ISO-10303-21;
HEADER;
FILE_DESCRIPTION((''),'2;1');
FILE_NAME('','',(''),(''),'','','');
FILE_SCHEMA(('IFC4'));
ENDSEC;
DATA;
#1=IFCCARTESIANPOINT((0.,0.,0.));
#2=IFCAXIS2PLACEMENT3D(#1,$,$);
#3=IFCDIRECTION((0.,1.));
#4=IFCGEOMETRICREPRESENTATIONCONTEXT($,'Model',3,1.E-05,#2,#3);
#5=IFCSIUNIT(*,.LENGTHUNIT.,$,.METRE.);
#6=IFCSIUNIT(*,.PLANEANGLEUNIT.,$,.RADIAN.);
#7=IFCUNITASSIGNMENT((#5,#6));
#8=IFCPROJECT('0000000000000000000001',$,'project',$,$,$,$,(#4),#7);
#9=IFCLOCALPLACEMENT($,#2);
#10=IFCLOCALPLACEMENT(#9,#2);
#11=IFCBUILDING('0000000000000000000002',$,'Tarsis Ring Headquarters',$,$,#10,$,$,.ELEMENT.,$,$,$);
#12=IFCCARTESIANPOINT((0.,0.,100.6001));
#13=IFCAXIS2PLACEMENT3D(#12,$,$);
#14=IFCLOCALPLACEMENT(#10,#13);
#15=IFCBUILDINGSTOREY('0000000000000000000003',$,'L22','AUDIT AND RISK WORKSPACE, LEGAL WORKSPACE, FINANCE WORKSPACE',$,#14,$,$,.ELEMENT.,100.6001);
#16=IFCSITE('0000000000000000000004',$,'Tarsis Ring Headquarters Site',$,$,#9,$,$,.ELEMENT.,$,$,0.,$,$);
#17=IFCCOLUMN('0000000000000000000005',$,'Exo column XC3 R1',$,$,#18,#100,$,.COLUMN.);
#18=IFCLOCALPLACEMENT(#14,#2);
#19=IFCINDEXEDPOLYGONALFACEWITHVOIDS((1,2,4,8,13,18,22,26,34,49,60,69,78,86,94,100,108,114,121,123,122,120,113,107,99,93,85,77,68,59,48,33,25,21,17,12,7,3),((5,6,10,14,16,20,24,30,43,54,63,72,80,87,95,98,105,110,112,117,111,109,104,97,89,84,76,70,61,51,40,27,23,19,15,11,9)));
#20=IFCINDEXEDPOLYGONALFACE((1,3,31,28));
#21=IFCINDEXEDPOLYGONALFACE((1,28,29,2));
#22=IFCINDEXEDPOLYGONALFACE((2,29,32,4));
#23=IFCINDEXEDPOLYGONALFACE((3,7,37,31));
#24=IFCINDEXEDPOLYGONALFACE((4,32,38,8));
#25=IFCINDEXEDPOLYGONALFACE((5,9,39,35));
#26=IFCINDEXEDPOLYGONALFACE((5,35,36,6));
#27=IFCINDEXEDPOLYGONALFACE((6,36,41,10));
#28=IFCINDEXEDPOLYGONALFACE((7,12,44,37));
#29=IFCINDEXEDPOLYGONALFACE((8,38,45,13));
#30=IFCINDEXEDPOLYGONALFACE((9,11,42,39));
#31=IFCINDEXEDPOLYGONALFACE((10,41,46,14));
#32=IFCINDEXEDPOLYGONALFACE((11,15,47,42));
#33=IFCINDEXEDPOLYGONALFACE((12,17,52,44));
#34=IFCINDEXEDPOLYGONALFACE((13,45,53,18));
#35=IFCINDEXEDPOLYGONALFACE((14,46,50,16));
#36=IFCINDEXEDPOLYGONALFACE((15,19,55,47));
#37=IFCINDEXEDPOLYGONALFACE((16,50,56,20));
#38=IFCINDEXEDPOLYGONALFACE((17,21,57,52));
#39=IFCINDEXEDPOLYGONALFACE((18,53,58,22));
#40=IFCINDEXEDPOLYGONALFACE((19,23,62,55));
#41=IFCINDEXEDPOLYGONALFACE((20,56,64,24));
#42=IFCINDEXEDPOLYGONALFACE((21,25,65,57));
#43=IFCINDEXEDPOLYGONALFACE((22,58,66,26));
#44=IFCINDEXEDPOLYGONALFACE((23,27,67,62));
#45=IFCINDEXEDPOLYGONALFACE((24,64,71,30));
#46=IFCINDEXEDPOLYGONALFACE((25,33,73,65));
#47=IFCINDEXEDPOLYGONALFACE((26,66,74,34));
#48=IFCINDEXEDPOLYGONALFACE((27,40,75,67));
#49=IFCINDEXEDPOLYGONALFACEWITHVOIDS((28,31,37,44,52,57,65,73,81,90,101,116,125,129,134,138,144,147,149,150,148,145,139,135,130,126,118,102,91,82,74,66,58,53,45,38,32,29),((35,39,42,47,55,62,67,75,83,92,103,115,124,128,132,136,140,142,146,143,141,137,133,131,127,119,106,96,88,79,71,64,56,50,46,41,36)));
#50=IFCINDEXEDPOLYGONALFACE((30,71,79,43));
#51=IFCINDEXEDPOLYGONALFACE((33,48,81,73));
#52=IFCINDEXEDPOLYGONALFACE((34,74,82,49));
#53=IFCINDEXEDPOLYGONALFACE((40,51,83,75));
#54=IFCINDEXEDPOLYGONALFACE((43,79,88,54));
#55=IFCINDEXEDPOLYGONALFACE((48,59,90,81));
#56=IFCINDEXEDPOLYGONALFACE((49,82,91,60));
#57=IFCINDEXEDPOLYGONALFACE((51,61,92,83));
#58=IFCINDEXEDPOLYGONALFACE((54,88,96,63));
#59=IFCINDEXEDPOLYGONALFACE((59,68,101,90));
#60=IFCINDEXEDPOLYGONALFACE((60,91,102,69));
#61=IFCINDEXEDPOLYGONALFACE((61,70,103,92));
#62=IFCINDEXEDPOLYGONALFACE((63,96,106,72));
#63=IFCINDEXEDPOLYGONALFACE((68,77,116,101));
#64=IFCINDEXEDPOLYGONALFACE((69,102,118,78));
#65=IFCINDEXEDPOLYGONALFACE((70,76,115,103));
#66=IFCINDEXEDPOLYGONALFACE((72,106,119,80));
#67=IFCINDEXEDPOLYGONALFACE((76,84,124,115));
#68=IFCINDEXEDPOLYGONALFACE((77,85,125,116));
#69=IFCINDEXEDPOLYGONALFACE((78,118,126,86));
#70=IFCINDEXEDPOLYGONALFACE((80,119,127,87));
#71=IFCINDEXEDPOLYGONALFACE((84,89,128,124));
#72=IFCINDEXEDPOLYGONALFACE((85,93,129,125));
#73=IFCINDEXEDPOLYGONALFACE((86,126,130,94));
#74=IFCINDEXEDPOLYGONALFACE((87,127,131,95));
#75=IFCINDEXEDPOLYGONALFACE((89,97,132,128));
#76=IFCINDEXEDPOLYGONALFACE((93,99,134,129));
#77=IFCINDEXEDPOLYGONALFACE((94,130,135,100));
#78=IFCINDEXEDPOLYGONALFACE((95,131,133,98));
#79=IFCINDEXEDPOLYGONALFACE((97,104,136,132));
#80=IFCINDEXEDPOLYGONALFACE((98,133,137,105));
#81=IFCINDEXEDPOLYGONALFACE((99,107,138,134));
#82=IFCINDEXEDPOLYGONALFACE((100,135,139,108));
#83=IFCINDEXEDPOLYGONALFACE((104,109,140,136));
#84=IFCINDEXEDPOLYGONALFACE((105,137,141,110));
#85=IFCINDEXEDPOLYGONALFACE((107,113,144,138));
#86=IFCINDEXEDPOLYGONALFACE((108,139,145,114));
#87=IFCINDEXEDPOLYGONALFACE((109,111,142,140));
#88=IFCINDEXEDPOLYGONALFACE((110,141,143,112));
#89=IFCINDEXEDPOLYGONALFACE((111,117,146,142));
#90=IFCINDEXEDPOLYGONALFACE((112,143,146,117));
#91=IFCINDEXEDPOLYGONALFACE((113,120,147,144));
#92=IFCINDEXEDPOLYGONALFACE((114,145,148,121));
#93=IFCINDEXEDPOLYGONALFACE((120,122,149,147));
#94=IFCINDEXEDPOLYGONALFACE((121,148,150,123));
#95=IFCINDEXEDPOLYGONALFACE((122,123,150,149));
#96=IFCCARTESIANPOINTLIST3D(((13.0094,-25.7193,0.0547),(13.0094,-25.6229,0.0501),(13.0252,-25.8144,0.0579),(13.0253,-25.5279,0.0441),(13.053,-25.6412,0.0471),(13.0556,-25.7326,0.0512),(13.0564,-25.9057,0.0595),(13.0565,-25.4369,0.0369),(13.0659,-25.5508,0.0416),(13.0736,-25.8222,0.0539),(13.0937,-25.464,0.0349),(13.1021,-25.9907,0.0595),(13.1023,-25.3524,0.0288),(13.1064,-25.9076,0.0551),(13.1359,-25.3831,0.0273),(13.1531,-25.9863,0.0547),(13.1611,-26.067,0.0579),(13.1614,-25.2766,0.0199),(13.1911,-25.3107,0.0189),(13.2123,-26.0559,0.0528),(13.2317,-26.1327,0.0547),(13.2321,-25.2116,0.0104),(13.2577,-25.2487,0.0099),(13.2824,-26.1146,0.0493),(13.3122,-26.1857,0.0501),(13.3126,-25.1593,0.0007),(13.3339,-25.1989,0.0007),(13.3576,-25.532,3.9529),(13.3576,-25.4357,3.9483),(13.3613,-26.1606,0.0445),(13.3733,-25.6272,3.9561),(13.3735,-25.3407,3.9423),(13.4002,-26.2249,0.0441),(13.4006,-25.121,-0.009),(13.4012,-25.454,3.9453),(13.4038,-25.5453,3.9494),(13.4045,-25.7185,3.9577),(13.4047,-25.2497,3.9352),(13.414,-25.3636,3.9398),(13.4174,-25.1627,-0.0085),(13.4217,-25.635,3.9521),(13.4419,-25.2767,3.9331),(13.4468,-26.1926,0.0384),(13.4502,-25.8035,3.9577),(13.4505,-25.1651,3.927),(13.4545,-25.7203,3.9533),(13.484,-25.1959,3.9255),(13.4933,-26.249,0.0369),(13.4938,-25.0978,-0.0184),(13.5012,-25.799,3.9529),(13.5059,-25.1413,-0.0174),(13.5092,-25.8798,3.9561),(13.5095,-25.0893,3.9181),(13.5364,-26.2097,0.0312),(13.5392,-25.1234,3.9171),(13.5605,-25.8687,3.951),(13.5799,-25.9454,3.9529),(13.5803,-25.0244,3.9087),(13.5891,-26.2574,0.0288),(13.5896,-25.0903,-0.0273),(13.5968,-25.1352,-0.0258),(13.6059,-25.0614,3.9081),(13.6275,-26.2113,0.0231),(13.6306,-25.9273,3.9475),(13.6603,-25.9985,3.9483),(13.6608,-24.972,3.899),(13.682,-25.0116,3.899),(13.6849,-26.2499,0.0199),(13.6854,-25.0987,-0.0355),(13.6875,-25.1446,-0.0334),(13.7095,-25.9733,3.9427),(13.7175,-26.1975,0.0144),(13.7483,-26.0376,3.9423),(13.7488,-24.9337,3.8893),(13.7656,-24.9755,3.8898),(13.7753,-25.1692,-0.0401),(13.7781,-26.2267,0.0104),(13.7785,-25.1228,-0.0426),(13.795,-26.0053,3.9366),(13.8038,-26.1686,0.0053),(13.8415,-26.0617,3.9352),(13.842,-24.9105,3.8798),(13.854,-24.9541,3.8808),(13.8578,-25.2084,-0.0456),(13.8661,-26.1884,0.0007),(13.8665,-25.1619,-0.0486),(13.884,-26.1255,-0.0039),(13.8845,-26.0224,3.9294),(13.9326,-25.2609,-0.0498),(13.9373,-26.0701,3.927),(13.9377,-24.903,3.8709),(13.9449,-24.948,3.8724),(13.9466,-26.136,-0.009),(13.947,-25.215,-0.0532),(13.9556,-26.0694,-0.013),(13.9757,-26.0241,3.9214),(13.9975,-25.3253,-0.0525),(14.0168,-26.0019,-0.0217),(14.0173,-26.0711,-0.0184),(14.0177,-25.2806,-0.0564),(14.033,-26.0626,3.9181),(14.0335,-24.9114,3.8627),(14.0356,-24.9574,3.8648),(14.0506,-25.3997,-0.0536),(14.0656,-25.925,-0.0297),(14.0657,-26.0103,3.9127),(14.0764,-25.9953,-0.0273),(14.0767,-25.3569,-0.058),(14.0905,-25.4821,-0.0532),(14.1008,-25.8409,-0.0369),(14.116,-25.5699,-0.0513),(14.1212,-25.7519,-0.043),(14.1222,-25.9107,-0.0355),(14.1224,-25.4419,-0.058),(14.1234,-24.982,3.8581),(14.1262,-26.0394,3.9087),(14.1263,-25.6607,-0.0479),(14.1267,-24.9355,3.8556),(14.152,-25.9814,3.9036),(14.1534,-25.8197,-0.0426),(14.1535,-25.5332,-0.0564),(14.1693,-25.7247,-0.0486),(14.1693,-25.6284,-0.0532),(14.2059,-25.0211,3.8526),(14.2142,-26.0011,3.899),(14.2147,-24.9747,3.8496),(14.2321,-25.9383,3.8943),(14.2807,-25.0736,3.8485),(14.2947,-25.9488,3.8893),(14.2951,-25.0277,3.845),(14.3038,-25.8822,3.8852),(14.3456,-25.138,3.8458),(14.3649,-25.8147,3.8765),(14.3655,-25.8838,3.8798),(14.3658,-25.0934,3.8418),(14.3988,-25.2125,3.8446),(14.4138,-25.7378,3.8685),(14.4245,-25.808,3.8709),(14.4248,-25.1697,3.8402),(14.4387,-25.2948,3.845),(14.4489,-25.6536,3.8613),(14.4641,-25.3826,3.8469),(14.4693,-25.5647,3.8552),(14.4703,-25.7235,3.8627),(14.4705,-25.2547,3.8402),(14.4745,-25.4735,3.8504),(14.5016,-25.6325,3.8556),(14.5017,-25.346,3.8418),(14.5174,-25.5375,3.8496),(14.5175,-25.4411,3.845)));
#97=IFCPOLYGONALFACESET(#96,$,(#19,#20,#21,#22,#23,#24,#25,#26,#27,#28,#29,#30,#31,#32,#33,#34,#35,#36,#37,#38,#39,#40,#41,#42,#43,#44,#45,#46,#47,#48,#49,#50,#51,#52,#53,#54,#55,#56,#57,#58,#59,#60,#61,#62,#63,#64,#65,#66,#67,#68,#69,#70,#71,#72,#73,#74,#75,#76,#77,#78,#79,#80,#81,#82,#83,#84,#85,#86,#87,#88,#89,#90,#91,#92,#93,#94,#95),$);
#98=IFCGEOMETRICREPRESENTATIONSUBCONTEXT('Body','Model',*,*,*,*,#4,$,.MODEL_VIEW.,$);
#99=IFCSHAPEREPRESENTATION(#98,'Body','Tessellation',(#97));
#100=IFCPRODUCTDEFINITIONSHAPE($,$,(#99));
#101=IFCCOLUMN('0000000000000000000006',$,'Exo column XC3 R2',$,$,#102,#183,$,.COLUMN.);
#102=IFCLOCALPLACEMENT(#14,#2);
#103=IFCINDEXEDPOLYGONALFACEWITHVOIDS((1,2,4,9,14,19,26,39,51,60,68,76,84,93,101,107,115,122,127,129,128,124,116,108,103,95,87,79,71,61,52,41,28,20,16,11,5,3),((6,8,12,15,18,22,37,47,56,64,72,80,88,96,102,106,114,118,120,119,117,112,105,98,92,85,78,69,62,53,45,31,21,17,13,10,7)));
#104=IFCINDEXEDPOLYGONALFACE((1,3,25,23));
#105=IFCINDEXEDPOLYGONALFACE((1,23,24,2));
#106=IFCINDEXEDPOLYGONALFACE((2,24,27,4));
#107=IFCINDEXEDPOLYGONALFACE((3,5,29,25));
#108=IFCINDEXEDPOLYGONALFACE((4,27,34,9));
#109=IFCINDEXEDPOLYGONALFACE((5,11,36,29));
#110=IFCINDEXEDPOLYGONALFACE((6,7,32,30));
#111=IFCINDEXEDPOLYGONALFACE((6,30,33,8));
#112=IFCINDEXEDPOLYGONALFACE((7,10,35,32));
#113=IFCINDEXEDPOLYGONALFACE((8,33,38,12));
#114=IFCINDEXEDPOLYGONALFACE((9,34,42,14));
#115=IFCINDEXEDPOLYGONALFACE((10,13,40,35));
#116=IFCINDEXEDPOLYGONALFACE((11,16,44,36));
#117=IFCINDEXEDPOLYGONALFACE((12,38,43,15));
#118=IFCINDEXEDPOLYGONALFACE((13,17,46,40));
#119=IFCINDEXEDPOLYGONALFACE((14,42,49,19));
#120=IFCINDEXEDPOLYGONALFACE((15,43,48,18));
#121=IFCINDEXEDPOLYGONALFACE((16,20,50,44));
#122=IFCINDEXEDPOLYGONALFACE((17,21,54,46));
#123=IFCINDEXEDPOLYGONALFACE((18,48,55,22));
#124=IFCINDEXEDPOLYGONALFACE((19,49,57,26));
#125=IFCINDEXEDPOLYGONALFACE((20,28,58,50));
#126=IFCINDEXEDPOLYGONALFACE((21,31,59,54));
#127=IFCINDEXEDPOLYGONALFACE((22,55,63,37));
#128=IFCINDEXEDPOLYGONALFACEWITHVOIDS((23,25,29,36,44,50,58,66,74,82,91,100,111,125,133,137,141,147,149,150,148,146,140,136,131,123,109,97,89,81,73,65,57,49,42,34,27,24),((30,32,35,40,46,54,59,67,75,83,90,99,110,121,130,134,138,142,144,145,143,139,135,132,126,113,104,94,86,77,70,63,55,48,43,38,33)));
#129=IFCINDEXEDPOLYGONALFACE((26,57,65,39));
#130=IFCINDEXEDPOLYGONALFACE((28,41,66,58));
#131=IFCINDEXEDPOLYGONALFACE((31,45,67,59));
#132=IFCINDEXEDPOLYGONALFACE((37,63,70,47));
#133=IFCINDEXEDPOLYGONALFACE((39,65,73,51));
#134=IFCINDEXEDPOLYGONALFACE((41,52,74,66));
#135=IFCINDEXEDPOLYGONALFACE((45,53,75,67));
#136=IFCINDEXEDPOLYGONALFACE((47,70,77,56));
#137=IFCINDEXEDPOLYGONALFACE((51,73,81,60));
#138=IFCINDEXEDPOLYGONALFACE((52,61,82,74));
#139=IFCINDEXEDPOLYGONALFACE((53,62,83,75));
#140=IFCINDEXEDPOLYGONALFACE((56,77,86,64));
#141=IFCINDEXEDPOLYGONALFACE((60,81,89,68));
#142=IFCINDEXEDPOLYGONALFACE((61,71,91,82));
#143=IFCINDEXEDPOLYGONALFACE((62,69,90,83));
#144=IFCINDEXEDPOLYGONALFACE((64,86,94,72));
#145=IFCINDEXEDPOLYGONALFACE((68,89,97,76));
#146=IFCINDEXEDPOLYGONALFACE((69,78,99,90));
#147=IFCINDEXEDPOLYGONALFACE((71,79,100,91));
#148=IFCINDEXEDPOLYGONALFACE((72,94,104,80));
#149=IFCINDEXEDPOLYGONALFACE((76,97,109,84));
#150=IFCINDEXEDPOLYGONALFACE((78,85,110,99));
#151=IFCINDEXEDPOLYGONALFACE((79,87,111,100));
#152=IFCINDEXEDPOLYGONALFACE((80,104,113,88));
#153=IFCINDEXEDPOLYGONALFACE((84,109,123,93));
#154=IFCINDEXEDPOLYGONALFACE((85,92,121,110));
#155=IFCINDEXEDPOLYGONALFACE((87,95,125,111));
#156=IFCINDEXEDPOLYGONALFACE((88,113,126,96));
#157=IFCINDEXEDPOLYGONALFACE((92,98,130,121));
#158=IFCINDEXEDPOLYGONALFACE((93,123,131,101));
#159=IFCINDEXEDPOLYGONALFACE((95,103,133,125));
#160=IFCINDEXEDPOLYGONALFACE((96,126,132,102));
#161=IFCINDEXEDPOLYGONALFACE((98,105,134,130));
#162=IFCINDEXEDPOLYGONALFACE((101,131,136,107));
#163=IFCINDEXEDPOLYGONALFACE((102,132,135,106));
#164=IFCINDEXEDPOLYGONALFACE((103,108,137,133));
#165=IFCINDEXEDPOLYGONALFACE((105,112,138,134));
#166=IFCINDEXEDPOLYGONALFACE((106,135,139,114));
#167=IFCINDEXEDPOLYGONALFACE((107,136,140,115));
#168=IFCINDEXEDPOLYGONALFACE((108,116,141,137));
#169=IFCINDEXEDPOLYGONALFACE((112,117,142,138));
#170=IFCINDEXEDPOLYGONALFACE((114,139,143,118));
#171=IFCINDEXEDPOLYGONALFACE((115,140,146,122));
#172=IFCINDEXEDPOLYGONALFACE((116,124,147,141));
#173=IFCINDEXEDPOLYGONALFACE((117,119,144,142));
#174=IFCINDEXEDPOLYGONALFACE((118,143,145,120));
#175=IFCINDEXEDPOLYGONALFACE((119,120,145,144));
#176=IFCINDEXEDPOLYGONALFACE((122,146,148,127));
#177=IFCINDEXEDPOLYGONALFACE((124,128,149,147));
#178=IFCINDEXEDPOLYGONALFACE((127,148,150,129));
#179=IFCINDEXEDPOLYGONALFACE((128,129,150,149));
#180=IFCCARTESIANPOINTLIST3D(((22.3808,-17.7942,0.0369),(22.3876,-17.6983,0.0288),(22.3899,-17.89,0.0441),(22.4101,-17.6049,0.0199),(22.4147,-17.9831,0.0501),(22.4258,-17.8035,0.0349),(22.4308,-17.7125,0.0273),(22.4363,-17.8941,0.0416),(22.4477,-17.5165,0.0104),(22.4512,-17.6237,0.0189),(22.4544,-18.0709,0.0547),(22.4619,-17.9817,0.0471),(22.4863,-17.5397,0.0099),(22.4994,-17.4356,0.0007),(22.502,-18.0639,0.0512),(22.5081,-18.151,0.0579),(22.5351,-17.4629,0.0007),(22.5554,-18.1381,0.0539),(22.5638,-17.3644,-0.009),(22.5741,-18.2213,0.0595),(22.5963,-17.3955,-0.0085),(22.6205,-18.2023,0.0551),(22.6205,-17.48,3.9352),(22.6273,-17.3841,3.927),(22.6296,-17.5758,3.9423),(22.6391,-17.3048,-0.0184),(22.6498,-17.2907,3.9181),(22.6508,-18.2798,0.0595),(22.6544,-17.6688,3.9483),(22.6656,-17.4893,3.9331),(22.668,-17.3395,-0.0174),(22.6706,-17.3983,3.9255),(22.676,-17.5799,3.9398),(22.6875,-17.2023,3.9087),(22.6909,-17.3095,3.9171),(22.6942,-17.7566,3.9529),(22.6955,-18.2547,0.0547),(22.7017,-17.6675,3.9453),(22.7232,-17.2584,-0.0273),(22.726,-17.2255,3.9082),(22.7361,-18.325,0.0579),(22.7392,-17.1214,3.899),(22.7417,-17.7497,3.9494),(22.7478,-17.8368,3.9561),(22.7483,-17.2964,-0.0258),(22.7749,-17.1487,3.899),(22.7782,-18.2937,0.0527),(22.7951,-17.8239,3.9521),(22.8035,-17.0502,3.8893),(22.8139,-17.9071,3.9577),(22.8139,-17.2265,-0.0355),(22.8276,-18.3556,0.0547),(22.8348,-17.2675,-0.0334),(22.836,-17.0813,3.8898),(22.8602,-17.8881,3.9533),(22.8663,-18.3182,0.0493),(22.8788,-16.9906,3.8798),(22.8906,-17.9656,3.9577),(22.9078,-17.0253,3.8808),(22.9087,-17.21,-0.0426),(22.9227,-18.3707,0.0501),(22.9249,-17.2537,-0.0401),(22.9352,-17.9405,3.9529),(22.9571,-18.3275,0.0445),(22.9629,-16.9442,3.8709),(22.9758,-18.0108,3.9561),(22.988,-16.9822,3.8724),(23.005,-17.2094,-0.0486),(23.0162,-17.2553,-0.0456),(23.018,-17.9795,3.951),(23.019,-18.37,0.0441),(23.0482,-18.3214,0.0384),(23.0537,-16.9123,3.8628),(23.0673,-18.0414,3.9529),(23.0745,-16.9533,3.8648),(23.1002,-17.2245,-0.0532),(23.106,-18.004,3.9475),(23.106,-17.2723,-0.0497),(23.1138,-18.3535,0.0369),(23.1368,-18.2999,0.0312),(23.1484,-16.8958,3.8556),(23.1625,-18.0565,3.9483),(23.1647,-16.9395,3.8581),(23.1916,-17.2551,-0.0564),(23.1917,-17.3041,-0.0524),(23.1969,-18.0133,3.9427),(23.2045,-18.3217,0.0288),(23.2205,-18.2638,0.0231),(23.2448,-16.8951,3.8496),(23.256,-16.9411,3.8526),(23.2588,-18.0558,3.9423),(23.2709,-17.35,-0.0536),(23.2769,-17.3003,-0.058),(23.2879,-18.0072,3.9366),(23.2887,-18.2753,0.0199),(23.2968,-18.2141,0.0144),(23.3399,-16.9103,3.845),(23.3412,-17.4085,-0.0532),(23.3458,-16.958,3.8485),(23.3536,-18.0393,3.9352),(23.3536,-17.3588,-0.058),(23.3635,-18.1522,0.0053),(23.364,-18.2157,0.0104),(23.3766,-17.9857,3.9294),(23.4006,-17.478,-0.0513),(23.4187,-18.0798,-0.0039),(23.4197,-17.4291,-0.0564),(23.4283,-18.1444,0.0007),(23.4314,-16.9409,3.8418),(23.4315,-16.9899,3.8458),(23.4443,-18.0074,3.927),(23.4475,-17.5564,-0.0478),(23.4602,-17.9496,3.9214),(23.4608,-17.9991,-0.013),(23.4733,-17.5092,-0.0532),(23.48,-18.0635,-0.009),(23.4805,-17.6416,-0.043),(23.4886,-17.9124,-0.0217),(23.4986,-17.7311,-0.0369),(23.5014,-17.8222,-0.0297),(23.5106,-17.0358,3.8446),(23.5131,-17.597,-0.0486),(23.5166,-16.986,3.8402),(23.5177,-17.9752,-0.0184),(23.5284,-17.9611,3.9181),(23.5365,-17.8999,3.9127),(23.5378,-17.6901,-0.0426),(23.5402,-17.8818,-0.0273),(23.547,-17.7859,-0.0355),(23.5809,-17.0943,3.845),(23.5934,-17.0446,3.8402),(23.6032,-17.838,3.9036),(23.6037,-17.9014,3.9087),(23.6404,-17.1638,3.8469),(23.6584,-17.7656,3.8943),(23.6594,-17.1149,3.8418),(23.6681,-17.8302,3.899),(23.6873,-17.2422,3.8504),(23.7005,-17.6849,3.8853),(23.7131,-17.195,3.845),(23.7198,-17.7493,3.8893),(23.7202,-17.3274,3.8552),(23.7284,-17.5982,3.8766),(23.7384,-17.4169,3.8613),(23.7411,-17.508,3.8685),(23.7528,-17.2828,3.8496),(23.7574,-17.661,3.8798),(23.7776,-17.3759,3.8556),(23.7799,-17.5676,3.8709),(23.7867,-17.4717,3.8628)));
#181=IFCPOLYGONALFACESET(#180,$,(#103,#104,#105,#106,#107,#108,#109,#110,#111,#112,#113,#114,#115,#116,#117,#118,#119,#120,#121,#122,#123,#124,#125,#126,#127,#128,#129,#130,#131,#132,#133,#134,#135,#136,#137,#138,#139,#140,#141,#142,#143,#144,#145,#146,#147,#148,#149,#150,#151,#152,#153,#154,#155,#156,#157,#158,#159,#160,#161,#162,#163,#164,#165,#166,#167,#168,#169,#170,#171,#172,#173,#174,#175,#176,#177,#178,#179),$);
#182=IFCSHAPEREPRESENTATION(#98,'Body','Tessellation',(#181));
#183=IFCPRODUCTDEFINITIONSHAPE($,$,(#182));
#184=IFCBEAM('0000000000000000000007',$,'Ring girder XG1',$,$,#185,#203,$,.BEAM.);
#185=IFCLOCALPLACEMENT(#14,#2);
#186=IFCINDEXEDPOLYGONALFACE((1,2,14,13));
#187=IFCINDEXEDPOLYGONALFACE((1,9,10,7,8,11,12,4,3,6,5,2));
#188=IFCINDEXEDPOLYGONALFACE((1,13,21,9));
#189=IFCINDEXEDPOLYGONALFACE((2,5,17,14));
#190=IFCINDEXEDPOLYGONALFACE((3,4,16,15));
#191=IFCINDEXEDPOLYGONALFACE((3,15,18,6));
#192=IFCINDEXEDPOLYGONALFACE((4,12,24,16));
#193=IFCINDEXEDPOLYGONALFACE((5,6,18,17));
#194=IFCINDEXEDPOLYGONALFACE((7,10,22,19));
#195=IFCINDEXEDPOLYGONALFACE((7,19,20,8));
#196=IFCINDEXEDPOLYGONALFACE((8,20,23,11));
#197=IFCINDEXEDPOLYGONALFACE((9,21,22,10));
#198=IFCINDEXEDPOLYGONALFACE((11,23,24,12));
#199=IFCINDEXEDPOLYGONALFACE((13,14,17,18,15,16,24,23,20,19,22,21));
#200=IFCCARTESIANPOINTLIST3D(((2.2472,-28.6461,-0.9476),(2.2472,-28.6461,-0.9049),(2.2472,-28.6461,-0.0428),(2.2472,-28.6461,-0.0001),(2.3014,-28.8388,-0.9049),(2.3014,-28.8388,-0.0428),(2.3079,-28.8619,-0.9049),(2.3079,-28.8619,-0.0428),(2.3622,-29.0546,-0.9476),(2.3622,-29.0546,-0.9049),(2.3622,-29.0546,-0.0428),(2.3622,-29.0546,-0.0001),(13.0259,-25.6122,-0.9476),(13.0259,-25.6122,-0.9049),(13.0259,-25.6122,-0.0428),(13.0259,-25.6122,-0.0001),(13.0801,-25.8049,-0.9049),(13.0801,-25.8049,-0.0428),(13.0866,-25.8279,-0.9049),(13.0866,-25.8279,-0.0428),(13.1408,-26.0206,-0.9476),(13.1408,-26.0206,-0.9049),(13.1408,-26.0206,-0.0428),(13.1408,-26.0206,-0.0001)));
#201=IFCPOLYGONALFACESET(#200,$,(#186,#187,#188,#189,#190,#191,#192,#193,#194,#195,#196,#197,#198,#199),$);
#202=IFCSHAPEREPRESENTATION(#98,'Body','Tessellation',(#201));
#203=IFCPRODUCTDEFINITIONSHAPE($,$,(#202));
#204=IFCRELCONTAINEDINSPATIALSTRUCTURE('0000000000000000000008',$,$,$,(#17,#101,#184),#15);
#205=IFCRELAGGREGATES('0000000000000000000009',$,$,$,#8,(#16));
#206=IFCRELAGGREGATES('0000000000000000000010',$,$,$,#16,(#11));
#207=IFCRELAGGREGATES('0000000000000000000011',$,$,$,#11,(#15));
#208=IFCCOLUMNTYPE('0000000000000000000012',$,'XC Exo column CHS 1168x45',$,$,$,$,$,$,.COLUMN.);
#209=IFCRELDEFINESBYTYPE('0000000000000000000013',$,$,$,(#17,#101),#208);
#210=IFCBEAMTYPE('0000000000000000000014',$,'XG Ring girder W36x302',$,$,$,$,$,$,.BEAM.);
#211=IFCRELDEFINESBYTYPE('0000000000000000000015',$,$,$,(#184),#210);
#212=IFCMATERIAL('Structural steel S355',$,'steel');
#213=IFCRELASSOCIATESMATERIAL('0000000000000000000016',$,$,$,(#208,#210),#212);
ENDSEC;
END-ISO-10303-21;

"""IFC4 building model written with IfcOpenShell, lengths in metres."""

from ifc_helpers import new_model, si_unit, direction, frame, origin, origin_2d, place, context, subcontext, project, spatial, hollow_circle, i_section, extrude, material, material_profile, profile_set, type_object, element, save


model = new_model("IFC4")

# Units and contexts
model_context = context("Model", 3, precision=1e-05, world=origin(), true_north=direction((0.0, 1.0)))
body_context = subcontext(model_context, "Body", "Model", "MODEL_VIEW")
ifc_project = project(units=[si_unit("LENGTHUNIT", "METRE"), si_unit("PLANEANGLEUNIT", "RADIAN")], contexts=[model_context])

# Site, building, storey
site_placement = place(None, origin())
site = spatial("IfcSite", under=ifc_project, at=site_placement, Name="Tarsis Ring Headquarters Site", CompositionType="ELEMENT", RefElevation=0.0)
building_placement = place(site_placement, origin())
building = spatial("IfcBuilding", under=site, at=building_placement, Name="Tarsis Ring Headquarters", CompositionType="ELEMENT")
storey_placement = place(building_placement, frame((0.0, 0.0, 100.6001)))
storey = spatial("IfcBuildingStorey", under=building, at=storey_placement, Name="L22", Description="AUDIT AND RISK WORKSPACE, LEGAL WORKSPACE, FINANCE WORKSPACE", CompositionType="ELEMENT", Elevation=100.6001)

# Columns
ifc_material_1 = material(Name="Structural steel S355", Category="steel")
ifc_material_profile_1 = material_profile(ifc_material_1, hollow_circle(Radius=0.5842, WallThickness=0.0449, at=origin_2d()), Name="CHS 1168x45")
ifc_profile_set_1 = profile_set([ifc_material_profile_1], Name="Structural steel S355")
column_type = type_object("IfcColumnType", Name="XC Exo column CHS 1168x45", PredefinedType="COLUMN", material=ifc_profile_set_1)
for number, where, z_axis, x_axis, name in (
    (1, (13.5894, -25.6738, 0.0007), (0.088853, 0.047791, 0.994897), (-0.473695, 0.880689, 0.0), "Exo column XC3 R1"),
    (2, (22.9639, -17.79, 0.0007), (0.061188, 0.080193, 0.9949), (-0.795006, 0.606601, 0.0), "Exo column XC3 R2"),
):
    element("IfcColumn", number, at=place(storey_placement, frame(where, z_axis=z_axis, x_axis=x_axis)), inside=storey, type_object=column_type, Name=name, PredefinedType="COLUMN", context=body_context, shape_type="SweptSolid", body=[
        extrude(hollow_circle(Radius=0.5842, WallThickness=0.0449, at=origin_2d()), origin(), (0.0, 0.0, 1.0), 3.9182),
    ])

# Beam
ifc_material_profile_2 = material_profile(ifc_material_1, i_section(OverallWidth=0.4243, OverallDepth=0.9475, WebThickness=0.0239, FlangeThickness=0.0427, at=origin_2d()), Name="W36x302")
ifc_profile_set_2 = profile_set([ifc_material_profile_2], Name="Structural steel S355")
beam_type = type_object("IfcBeamType", Name="XG Ring girder W36x302", PredefinedType="BEAM", material=ifc_profile_set_2)
beam_placement = place(storey_placement, frame((2.3047, -28.8503, -0.4739), z_axis=(0.962594, 0.27095, 0.0), x_axis=(-0.27095, 0.962594, 0.0)))
element("IfcBeam", 3, at=beam_placement, inside=storey, type_object=beam_type, Name="Ring girder XG1", PredefinedType="BEAM", context=body_context, shape_type="SweptSolid", body=[
    extrude(i_section(OverallWidth=0.4243, OverallDepth=0.9475, WebThickness=0.0239, FlangeThickness=0.0427, at=origin_2d()), origin(), (0.0, 0.0, 1.0), 11.1975),
])

save(model, "model.ifc")
